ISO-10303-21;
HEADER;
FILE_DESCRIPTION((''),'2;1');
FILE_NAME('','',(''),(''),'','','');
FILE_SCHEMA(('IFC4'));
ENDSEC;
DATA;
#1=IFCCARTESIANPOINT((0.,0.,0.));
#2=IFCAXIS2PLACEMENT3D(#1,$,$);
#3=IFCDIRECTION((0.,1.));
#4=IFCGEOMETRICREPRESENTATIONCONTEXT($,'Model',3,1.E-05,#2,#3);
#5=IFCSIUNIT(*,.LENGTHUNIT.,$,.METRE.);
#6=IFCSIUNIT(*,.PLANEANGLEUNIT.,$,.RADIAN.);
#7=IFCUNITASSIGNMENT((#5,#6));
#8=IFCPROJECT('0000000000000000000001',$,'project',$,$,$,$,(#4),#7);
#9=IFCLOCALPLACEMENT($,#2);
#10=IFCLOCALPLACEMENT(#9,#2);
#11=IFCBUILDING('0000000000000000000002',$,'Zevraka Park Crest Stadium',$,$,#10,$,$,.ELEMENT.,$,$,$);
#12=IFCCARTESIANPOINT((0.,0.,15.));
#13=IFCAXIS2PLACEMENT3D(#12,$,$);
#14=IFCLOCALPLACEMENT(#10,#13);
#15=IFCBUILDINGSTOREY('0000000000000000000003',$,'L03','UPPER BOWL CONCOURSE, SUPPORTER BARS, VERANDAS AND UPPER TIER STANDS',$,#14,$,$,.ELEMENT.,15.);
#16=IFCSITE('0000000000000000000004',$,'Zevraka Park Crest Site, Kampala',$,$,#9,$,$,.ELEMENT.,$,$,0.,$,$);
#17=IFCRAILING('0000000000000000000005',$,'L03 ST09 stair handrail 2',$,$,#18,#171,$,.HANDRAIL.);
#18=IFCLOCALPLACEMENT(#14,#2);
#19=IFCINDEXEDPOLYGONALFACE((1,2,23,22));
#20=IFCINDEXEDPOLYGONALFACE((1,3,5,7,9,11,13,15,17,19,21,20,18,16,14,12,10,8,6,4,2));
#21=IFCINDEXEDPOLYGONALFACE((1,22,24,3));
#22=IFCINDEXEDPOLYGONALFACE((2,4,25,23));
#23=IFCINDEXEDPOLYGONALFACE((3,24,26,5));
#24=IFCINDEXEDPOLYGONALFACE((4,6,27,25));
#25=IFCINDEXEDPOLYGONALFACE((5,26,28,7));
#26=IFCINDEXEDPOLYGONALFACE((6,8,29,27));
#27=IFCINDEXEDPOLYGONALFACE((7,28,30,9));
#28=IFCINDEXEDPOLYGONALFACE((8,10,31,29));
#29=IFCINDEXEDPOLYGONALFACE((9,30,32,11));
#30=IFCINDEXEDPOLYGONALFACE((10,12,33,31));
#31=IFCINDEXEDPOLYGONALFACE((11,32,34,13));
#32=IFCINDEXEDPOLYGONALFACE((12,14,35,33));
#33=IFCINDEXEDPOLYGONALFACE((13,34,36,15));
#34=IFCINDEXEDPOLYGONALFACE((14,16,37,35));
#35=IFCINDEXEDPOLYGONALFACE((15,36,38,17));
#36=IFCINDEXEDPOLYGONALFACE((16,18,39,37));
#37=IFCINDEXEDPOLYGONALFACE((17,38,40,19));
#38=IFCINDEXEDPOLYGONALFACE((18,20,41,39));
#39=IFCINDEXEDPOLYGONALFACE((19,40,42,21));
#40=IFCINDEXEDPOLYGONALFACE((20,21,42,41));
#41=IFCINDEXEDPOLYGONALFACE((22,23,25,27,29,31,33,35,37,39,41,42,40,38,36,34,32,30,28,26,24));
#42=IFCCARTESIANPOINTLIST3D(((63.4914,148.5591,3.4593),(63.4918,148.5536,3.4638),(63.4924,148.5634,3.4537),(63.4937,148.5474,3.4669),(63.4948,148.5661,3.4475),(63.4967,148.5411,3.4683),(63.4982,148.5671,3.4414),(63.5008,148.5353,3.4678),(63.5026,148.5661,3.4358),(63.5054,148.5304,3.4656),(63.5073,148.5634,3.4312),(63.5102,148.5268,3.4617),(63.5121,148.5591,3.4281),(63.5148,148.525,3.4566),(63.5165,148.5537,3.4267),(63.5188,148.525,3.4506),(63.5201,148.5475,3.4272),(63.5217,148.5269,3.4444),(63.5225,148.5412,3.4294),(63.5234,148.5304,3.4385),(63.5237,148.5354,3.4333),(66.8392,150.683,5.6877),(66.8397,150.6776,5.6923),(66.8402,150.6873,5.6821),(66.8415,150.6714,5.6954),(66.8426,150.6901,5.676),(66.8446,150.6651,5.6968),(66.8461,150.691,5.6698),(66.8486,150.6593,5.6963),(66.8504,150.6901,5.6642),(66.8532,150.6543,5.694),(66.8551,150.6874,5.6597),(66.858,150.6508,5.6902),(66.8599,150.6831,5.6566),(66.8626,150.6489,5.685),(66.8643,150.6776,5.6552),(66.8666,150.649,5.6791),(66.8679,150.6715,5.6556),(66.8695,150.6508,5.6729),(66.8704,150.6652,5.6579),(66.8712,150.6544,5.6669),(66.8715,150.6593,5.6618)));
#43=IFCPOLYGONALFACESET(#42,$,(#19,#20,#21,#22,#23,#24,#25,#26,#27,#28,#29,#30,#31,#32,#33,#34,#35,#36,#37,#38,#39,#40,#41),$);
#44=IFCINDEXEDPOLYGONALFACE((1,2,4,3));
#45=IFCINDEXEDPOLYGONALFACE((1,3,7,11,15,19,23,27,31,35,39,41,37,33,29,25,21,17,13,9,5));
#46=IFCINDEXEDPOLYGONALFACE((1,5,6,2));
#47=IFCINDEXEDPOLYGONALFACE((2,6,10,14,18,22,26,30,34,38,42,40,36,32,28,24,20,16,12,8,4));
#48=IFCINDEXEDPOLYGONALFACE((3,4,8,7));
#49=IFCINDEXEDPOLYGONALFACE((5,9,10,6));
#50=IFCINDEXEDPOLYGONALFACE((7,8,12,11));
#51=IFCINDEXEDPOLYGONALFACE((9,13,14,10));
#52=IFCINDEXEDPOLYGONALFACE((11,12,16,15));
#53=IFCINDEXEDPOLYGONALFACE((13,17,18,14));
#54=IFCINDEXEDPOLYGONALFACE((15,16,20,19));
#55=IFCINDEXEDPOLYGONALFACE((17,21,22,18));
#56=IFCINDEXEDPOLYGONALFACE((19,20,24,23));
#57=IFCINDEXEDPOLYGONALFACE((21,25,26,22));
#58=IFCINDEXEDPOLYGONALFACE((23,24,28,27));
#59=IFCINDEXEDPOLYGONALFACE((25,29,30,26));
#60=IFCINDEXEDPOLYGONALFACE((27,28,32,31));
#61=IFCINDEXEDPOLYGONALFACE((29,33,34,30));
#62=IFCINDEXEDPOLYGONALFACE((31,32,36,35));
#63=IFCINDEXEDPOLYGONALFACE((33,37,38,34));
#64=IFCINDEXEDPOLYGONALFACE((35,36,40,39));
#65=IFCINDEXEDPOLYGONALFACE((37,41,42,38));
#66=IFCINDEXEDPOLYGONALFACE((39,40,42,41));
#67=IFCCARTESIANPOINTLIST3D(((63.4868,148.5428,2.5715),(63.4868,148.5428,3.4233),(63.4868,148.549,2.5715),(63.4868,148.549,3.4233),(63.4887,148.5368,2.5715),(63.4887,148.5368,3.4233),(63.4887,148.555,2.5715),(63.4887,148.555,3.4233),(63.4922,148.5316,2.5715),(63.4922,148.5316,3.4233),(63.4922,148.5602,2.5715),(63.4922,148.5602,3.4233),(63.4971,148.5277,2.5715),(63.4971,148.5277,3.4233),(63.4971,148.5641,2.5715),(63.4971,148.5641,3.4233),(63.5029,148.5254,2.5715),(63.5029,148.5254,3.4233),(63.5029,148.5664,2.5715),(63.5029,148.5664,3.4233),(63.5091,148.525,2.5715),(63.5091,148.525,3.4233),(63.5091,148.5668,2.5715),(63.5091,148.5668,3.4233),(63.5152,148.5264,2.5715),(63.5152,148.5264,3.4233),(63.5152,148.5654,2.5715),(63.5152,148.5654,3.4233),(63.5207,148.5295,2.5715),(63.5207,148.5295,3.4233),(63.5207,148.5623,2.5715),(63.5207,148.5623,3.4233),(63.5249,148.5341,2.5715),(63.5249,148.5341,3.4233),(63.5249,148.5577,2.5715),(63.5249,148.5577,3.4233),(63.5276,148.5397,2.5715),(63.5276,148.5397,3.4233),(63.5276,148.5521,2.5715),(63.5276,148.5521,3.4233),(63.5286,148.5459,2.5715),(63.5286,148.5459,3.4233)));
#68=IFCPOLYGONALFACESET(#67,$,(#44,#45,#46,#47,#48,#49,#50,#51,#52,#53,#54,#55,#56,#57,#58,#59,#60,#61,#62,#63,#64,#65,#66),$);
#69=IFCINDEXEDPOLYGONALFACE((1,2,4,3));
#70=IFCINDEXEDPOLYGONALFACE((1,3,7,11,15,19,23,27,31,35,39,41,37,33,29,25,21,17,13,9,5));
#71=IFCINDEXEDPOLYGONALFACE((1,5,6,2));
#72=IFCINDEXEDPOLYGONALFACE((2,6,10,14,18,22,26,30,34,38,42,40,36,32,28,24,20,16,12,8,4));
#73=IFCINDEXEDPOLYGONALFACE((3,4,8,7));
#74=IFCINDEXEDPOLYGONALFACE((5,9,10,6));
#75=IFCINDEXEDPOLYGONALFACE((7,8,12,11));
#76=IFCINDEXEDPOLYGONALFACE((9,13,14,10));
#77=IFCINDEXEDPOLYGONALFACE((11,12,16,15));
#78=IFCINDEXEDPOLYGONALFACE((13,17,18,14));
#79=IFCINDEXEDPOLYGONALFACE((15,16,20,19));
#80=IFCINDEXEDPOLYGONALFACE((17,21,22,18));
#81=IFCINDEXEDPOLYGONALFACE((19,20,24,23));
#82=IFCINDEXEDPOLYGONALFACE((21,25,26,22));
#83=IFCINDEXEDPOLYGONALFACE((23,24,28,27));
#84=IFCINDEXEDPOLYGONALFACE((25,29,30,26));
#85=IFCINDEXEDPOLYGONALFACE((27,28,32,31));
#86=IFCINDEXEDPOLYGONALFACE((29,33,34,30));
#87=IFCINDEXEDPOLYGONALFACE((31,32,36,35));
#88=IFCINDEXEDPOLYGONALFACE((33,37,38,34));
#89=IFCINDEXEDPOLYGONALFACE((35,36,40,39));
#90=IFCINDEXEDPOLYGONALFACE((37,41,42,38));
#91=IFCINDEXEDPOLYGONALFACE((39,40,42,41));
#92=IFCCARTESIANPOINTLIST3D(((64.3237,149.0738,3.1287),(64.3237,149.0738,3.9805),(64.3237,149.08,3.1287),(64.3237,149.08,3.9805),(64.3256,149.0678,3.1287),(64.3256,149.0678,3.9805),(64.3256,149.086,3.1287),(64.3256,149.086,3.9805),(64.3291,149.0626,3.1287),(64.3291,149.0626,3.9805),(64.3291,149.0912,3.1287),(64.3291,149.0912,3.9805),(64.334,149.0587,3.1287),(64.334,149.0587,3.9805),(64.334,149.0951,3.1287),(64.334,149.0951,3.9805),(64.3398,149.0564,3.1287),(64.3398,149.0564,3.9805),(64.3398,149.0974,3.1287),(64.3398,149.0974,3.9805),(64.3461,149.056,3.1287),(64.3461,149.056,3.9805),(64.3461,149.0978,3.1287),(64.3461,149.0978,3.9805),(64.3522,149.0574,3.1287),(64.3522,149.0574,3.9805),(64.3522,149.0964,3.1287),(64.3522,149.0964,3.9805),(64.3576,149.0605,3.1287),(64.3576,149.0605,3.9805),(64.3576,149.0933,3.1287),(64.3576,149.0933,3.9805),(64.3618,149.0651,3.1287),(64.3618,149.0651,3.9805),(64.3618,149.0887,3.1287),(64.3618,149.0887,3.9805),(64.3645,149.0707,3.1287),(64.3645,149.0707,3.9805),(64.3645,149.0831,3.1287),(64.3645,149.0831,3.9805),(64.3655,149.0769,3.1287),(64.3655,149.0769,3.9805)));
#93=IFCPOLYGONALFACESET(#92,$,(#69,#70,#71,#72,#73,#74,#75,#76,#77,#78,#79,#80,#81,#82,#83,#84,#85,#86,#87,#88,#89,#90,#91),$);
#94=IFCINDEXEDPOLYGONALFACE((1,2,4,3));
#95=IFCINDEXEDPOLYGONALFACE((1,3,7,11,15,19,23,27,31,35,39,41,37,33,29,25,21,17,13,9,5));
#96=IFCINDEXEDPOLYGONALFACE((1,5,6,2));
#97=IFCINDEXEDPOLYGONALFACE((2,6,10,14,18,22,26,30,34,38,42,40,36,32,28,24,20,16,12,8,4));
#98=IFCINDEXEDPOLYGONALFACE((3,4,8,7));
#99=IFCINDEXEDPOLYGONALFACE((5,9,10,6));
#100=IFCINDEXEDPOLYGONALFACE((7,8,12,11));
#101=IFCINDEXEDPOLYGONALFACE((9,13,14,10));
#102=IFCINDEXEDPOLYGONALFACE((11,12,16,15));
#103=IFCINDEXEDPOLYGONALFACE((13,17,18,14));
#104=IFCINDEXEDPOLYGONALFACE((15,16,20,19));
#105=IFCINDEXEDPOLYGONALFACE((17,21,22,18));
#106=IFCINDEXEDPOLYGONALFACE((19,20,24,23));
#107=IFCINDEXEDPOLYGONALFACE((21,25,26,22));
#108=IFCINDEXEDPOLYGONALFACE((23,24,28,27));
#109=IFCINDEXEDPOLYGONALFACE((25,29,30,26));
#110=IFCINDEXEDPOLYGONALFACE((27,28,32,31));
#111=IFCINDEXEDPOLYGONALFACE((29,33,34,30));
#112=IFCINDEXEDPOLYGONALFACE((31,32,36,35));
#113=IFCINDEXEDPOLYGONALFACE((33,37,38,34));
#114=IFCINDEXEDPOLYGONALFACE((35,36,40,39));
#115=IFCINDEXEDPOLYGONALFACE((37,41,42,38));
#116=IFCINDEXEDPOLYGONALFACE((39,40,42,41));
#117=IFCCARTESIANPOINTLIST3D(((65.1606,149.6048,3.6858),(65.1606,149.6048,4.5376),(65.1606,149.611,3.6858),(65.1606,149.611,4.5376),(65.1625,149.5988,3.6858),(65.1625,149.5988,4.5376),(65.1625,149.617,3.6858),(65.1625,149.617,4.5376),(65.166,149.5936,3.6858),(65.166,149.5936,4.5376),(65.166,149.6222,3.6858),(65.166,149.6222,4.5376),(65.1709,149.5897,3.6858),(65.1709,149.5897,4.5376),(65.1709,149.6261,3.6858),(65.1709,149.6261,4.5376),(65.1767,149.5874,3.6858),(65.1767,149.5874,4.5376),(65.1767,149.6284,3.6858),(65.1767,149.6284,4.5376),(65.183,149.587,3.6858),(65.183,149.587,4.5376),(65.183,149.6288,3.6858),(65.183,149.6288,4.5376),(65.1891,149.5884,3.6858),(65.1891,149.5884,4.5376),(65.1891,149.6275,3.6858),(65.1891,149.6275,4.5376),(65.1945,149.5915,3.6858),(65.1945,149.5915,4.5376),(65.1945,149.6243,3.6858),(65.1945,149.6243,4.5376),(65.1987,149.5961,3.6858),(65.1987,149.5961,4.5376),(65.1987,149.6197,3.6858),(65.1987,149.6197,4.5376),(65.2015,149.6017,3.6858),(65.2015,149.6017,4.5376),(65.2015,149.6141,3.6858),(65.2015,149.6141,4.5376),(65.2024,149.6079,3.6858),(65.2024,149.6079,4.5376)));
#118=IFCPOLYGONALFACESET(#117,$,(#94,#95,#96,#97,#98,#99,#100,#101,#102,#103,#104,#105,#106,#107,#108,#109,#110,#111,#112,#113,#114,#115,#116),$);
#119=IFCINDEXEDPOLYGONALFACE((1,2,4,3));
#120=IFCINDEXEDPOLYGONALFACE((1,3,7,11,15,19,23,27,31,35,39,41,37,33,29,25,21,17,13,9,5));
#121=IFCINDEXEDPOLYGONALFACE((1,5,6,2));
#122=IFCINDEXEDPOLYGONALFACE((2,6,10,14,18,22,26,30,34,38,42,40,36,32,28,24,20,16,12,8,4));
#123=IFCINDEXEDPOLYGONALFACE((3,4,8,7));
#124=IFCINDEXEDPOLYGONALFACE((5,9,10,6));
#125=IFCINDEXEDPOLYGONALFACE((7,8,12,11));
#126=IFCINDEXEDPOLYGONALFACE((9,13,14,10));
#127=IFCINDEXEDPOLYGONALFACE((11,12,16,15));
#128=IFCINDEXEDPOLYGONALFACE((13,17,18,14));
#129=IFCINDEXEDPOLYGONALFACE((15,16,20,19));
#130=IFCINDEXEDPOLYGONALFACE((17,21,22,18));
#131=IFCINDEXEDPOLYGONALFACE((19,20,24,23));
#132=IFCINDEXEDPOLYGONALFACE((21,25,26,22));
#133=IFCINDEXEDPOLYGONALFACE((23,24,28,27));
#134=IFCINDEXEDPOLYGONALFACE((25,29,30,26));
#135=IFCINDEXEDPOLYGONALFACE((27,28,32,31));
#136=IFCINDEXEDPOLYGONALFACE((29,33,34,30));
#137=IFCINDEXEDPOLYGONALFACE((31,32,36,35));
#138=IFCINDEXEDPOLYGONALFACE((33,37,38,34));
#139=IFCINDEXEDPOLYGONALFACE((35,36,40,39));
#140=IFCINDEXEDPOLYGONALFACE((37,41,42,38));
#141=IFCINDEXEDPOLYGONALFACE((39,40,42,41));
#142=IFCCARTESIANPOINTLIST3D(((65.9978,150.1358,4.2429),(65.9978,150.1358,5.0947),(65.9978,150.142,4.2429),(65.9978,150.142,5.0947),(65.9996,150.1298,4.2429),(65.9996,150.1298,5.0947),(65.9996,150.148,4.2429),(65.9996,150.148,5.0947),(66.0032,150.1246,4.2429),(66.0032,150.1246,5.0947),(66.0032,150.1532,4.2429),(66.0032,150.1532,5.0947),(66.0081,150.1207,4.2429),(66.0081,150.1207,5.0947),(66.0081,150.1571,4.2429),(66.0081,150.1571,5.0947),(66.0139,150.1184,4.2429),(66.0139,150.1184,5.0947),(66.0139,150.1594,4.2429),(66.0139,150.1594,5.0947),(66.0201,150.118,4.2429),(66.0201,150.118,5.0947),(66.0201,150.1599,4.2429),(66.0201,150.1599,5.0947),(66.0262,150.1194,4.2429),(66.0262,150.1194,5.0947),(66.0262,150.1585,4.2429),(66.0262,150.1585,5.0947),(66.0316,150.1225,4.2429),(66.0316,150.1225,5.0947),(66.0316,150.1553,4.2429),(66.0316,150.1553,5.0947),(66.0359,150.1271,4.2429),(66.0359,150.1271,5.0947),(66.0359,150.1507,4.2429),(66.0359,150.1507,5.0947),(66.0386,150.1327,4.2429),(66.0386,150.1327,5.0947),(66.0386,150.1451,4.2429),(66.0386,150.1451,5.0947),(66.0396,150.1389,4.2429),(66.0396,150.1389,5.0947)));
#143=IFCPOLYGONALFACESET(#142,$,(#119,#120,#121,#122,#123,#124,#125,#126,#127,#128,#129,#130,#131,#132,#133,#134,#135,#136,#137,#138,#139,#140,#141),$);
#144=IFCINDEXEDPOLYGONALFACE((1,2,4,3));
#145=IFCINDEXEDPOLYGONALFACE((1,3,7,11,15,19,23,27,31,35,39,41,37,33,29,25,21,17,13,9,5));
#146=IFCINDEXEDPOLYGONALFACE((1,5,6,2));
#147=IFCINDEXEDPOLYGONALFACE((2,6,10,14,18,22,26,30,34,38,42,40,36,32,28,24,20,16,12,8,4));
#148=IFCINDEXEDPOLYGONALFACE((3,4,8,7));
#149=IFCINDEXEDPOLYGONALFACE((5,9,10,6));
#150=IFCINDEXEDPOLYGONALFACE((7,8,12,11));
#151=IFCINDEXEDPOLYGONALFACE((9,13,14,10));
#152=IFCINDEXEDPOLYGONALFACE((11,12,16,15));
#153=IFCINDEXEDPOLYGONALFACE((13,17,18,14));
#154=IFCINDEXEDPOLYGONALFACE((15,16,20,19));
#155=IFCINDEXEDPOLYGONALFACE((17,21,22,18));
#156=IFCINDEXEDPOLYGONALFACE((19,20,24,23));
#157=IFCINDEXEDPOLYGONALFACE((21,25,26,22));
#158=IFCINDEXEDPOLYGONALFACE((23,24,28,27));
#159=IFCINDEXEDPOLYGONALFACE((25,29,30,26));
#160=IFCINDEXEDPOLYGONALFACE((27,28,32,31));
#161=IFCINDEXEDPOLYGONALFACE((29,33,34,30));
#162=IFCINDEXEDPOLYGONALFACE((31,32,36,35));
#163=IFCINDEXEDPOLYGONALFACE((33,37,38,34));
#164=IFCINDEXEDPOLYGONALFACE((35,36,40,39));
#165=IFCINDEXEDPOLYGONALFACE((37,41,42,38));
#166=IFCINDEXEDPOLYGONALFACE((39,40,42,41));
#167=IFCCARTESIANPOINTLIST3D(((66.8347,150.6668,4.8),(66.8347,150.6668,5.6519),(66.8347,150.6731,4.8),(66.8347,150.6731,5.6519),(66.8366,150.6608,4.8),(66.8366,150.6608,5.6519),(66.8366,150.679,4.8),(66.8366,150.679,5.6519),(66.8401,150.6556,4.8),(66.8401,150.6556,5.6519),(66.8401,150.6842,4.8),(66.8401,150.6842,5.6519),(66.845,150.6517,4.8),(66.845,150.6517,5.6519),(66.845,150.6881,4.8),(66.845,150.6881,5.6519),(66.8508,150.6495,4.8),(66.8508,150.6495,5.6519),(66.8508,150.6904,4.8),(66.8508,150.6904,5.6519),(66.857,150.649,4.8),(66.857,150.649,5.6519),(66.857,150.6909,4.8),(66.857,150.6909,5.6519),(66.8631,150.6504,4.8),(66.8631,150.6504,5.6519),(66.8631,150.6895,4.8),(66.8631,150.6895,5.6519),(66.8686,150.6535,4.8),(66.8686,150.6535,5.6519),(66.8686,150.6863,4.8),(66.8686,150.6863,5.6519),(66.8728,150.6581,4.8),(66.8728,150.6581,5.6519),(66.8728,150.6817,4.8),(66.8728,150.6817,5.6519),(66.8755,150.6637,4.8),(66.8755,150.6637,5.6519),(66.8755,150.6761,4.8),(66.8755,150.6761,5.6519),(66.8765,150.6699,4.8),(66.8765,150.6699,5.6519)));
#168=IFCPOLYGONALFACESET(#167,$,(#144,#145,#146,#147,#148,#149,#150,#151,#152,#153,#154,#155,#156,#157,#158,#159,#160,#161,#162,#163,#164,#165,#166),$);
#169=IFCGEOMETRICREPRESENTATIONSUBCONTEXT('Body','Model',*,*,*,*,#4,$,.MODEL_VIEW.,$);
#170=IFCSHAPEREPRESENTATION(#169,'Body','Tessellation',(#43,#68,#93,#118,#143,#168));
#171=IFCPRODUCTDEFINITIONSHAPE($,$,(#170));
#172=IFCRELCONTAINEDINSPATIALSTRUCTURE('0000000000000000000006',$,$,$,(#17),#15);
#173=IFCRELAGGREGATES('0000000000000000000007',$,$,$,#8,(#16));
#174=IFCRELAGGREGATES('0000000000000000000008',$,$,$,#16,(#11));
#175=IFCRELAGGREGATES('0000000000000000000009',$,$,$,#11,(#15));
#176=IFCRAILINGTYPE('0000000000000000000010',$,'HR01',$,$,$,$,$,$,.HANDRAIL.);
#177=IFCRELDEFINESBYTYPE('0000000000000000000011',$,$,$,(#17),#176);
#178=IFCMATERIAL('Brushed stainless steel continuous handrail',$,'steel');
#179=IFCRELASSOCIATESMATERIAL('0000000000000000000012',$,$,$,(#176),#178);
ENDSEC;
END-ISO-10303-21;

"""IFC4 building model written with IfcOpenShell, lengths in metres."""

from ifc_helpers import new_model, si_unit, direction, frame, origin, origin_2d, place, context, subcontext, project, spatial, circle, extrude, material, type_object, element, save


model = new_model("IFC4")

# Units and contexts
model_context = context("Model", 3, precision=1e-05, world=origin(), true_north=direction((0.0, 1.0)))
body_context = subcontext(model_context, "Body", "Model", "MODEL_VIEW")
ifc_project = project(units=[si_unit("LENGTHUNIT", "METRE"), si_unit("PLANEANGLEUNIT", "RADIAN")], contexts=[model_context])

# Site, building, storey
site_placement = place(None, origin())
site = spatial("IfcSite", under=ifc_project, at=site_placement, Name="Zevraka Park Crest Site, Kampala", CompositionType="ELEMENT", RefElevation=0.0)
building_placement = place(site_placement, origin())
building = spatial("IfcBuilding", under=site, at=building_placement, Name="Zevraka Park Crest Stadium", CompositionType="ELEMENT")
storey_placement = place(building_placement, frame((0.0, 0.0, 15.0)))
storey = spatial("IfcBuildingStorey", under=building, at=storey_placement, Name="L03", Description="UPPER BOWL CONCOURSE, SUPPORTER BARS, VERANDAS AND UPPER TIER STANDS", CompositionType="ELEMENT", Elevation=15.0)

# Railing
ifc_material_1 = material(Name="Brushed stainless steel continuous handrail", Category="steel")
railing_type_1 = type_object("IfcRailingType", Name="HR01", PredefinedType="HANDRAIL", material=ifc_material_1)
railing_1_placement = place(storey_placement, frame((63.5076, 148.5459, 2.5715)))
element("IfcRailing", 1, at=railing_1_placement, inside=storey, type_object=railing_type_1, Name="L03 ST09 stair handrail 2", PredefinedType="HANDRAIL", context=body_context, shape_type="SweptSolid", body=[
    extrude(circle(Radius=0.0239, at=origin_2d()), frame((0.0, 0.0, 0.876), z_axis=(0.736092, 0.467002, 0.489977), x_axis=(-0.535716, 0.844399, 0.0)), (0.0, 0.0, 1.0), 4.5481),
    extrude(circle(Radius=0.021, at=origin_2d()), origin(), (0.0, 0.0, 1.0), 0.8518),
    extrude(circle(Radius=0.021, at=origin_2d()), frame((0.8369, 0.531, 0.5571)), (0.0, 0.0, 1.0), 0.8518),
    extrude(circle(Radius=0.021, at=origin_2d()), frame((1.6738, 1.062, 1.1143)), (0.0, 0.0, 1.0), 0.8518),
    extrude(circle(Radius=0.021, at=origin_2d()), frame((2.511, 1.593, 1.6714)), (0.0, 0.0, 1.0), 0.8518),
    extrude(circle(Radius=0.021, at=origin_2d()), frame((3.3479, 2.124, 2.2285)), (0.0, 0.0, 1.0), 0.8518),
])

save(model, "model.ifc")
